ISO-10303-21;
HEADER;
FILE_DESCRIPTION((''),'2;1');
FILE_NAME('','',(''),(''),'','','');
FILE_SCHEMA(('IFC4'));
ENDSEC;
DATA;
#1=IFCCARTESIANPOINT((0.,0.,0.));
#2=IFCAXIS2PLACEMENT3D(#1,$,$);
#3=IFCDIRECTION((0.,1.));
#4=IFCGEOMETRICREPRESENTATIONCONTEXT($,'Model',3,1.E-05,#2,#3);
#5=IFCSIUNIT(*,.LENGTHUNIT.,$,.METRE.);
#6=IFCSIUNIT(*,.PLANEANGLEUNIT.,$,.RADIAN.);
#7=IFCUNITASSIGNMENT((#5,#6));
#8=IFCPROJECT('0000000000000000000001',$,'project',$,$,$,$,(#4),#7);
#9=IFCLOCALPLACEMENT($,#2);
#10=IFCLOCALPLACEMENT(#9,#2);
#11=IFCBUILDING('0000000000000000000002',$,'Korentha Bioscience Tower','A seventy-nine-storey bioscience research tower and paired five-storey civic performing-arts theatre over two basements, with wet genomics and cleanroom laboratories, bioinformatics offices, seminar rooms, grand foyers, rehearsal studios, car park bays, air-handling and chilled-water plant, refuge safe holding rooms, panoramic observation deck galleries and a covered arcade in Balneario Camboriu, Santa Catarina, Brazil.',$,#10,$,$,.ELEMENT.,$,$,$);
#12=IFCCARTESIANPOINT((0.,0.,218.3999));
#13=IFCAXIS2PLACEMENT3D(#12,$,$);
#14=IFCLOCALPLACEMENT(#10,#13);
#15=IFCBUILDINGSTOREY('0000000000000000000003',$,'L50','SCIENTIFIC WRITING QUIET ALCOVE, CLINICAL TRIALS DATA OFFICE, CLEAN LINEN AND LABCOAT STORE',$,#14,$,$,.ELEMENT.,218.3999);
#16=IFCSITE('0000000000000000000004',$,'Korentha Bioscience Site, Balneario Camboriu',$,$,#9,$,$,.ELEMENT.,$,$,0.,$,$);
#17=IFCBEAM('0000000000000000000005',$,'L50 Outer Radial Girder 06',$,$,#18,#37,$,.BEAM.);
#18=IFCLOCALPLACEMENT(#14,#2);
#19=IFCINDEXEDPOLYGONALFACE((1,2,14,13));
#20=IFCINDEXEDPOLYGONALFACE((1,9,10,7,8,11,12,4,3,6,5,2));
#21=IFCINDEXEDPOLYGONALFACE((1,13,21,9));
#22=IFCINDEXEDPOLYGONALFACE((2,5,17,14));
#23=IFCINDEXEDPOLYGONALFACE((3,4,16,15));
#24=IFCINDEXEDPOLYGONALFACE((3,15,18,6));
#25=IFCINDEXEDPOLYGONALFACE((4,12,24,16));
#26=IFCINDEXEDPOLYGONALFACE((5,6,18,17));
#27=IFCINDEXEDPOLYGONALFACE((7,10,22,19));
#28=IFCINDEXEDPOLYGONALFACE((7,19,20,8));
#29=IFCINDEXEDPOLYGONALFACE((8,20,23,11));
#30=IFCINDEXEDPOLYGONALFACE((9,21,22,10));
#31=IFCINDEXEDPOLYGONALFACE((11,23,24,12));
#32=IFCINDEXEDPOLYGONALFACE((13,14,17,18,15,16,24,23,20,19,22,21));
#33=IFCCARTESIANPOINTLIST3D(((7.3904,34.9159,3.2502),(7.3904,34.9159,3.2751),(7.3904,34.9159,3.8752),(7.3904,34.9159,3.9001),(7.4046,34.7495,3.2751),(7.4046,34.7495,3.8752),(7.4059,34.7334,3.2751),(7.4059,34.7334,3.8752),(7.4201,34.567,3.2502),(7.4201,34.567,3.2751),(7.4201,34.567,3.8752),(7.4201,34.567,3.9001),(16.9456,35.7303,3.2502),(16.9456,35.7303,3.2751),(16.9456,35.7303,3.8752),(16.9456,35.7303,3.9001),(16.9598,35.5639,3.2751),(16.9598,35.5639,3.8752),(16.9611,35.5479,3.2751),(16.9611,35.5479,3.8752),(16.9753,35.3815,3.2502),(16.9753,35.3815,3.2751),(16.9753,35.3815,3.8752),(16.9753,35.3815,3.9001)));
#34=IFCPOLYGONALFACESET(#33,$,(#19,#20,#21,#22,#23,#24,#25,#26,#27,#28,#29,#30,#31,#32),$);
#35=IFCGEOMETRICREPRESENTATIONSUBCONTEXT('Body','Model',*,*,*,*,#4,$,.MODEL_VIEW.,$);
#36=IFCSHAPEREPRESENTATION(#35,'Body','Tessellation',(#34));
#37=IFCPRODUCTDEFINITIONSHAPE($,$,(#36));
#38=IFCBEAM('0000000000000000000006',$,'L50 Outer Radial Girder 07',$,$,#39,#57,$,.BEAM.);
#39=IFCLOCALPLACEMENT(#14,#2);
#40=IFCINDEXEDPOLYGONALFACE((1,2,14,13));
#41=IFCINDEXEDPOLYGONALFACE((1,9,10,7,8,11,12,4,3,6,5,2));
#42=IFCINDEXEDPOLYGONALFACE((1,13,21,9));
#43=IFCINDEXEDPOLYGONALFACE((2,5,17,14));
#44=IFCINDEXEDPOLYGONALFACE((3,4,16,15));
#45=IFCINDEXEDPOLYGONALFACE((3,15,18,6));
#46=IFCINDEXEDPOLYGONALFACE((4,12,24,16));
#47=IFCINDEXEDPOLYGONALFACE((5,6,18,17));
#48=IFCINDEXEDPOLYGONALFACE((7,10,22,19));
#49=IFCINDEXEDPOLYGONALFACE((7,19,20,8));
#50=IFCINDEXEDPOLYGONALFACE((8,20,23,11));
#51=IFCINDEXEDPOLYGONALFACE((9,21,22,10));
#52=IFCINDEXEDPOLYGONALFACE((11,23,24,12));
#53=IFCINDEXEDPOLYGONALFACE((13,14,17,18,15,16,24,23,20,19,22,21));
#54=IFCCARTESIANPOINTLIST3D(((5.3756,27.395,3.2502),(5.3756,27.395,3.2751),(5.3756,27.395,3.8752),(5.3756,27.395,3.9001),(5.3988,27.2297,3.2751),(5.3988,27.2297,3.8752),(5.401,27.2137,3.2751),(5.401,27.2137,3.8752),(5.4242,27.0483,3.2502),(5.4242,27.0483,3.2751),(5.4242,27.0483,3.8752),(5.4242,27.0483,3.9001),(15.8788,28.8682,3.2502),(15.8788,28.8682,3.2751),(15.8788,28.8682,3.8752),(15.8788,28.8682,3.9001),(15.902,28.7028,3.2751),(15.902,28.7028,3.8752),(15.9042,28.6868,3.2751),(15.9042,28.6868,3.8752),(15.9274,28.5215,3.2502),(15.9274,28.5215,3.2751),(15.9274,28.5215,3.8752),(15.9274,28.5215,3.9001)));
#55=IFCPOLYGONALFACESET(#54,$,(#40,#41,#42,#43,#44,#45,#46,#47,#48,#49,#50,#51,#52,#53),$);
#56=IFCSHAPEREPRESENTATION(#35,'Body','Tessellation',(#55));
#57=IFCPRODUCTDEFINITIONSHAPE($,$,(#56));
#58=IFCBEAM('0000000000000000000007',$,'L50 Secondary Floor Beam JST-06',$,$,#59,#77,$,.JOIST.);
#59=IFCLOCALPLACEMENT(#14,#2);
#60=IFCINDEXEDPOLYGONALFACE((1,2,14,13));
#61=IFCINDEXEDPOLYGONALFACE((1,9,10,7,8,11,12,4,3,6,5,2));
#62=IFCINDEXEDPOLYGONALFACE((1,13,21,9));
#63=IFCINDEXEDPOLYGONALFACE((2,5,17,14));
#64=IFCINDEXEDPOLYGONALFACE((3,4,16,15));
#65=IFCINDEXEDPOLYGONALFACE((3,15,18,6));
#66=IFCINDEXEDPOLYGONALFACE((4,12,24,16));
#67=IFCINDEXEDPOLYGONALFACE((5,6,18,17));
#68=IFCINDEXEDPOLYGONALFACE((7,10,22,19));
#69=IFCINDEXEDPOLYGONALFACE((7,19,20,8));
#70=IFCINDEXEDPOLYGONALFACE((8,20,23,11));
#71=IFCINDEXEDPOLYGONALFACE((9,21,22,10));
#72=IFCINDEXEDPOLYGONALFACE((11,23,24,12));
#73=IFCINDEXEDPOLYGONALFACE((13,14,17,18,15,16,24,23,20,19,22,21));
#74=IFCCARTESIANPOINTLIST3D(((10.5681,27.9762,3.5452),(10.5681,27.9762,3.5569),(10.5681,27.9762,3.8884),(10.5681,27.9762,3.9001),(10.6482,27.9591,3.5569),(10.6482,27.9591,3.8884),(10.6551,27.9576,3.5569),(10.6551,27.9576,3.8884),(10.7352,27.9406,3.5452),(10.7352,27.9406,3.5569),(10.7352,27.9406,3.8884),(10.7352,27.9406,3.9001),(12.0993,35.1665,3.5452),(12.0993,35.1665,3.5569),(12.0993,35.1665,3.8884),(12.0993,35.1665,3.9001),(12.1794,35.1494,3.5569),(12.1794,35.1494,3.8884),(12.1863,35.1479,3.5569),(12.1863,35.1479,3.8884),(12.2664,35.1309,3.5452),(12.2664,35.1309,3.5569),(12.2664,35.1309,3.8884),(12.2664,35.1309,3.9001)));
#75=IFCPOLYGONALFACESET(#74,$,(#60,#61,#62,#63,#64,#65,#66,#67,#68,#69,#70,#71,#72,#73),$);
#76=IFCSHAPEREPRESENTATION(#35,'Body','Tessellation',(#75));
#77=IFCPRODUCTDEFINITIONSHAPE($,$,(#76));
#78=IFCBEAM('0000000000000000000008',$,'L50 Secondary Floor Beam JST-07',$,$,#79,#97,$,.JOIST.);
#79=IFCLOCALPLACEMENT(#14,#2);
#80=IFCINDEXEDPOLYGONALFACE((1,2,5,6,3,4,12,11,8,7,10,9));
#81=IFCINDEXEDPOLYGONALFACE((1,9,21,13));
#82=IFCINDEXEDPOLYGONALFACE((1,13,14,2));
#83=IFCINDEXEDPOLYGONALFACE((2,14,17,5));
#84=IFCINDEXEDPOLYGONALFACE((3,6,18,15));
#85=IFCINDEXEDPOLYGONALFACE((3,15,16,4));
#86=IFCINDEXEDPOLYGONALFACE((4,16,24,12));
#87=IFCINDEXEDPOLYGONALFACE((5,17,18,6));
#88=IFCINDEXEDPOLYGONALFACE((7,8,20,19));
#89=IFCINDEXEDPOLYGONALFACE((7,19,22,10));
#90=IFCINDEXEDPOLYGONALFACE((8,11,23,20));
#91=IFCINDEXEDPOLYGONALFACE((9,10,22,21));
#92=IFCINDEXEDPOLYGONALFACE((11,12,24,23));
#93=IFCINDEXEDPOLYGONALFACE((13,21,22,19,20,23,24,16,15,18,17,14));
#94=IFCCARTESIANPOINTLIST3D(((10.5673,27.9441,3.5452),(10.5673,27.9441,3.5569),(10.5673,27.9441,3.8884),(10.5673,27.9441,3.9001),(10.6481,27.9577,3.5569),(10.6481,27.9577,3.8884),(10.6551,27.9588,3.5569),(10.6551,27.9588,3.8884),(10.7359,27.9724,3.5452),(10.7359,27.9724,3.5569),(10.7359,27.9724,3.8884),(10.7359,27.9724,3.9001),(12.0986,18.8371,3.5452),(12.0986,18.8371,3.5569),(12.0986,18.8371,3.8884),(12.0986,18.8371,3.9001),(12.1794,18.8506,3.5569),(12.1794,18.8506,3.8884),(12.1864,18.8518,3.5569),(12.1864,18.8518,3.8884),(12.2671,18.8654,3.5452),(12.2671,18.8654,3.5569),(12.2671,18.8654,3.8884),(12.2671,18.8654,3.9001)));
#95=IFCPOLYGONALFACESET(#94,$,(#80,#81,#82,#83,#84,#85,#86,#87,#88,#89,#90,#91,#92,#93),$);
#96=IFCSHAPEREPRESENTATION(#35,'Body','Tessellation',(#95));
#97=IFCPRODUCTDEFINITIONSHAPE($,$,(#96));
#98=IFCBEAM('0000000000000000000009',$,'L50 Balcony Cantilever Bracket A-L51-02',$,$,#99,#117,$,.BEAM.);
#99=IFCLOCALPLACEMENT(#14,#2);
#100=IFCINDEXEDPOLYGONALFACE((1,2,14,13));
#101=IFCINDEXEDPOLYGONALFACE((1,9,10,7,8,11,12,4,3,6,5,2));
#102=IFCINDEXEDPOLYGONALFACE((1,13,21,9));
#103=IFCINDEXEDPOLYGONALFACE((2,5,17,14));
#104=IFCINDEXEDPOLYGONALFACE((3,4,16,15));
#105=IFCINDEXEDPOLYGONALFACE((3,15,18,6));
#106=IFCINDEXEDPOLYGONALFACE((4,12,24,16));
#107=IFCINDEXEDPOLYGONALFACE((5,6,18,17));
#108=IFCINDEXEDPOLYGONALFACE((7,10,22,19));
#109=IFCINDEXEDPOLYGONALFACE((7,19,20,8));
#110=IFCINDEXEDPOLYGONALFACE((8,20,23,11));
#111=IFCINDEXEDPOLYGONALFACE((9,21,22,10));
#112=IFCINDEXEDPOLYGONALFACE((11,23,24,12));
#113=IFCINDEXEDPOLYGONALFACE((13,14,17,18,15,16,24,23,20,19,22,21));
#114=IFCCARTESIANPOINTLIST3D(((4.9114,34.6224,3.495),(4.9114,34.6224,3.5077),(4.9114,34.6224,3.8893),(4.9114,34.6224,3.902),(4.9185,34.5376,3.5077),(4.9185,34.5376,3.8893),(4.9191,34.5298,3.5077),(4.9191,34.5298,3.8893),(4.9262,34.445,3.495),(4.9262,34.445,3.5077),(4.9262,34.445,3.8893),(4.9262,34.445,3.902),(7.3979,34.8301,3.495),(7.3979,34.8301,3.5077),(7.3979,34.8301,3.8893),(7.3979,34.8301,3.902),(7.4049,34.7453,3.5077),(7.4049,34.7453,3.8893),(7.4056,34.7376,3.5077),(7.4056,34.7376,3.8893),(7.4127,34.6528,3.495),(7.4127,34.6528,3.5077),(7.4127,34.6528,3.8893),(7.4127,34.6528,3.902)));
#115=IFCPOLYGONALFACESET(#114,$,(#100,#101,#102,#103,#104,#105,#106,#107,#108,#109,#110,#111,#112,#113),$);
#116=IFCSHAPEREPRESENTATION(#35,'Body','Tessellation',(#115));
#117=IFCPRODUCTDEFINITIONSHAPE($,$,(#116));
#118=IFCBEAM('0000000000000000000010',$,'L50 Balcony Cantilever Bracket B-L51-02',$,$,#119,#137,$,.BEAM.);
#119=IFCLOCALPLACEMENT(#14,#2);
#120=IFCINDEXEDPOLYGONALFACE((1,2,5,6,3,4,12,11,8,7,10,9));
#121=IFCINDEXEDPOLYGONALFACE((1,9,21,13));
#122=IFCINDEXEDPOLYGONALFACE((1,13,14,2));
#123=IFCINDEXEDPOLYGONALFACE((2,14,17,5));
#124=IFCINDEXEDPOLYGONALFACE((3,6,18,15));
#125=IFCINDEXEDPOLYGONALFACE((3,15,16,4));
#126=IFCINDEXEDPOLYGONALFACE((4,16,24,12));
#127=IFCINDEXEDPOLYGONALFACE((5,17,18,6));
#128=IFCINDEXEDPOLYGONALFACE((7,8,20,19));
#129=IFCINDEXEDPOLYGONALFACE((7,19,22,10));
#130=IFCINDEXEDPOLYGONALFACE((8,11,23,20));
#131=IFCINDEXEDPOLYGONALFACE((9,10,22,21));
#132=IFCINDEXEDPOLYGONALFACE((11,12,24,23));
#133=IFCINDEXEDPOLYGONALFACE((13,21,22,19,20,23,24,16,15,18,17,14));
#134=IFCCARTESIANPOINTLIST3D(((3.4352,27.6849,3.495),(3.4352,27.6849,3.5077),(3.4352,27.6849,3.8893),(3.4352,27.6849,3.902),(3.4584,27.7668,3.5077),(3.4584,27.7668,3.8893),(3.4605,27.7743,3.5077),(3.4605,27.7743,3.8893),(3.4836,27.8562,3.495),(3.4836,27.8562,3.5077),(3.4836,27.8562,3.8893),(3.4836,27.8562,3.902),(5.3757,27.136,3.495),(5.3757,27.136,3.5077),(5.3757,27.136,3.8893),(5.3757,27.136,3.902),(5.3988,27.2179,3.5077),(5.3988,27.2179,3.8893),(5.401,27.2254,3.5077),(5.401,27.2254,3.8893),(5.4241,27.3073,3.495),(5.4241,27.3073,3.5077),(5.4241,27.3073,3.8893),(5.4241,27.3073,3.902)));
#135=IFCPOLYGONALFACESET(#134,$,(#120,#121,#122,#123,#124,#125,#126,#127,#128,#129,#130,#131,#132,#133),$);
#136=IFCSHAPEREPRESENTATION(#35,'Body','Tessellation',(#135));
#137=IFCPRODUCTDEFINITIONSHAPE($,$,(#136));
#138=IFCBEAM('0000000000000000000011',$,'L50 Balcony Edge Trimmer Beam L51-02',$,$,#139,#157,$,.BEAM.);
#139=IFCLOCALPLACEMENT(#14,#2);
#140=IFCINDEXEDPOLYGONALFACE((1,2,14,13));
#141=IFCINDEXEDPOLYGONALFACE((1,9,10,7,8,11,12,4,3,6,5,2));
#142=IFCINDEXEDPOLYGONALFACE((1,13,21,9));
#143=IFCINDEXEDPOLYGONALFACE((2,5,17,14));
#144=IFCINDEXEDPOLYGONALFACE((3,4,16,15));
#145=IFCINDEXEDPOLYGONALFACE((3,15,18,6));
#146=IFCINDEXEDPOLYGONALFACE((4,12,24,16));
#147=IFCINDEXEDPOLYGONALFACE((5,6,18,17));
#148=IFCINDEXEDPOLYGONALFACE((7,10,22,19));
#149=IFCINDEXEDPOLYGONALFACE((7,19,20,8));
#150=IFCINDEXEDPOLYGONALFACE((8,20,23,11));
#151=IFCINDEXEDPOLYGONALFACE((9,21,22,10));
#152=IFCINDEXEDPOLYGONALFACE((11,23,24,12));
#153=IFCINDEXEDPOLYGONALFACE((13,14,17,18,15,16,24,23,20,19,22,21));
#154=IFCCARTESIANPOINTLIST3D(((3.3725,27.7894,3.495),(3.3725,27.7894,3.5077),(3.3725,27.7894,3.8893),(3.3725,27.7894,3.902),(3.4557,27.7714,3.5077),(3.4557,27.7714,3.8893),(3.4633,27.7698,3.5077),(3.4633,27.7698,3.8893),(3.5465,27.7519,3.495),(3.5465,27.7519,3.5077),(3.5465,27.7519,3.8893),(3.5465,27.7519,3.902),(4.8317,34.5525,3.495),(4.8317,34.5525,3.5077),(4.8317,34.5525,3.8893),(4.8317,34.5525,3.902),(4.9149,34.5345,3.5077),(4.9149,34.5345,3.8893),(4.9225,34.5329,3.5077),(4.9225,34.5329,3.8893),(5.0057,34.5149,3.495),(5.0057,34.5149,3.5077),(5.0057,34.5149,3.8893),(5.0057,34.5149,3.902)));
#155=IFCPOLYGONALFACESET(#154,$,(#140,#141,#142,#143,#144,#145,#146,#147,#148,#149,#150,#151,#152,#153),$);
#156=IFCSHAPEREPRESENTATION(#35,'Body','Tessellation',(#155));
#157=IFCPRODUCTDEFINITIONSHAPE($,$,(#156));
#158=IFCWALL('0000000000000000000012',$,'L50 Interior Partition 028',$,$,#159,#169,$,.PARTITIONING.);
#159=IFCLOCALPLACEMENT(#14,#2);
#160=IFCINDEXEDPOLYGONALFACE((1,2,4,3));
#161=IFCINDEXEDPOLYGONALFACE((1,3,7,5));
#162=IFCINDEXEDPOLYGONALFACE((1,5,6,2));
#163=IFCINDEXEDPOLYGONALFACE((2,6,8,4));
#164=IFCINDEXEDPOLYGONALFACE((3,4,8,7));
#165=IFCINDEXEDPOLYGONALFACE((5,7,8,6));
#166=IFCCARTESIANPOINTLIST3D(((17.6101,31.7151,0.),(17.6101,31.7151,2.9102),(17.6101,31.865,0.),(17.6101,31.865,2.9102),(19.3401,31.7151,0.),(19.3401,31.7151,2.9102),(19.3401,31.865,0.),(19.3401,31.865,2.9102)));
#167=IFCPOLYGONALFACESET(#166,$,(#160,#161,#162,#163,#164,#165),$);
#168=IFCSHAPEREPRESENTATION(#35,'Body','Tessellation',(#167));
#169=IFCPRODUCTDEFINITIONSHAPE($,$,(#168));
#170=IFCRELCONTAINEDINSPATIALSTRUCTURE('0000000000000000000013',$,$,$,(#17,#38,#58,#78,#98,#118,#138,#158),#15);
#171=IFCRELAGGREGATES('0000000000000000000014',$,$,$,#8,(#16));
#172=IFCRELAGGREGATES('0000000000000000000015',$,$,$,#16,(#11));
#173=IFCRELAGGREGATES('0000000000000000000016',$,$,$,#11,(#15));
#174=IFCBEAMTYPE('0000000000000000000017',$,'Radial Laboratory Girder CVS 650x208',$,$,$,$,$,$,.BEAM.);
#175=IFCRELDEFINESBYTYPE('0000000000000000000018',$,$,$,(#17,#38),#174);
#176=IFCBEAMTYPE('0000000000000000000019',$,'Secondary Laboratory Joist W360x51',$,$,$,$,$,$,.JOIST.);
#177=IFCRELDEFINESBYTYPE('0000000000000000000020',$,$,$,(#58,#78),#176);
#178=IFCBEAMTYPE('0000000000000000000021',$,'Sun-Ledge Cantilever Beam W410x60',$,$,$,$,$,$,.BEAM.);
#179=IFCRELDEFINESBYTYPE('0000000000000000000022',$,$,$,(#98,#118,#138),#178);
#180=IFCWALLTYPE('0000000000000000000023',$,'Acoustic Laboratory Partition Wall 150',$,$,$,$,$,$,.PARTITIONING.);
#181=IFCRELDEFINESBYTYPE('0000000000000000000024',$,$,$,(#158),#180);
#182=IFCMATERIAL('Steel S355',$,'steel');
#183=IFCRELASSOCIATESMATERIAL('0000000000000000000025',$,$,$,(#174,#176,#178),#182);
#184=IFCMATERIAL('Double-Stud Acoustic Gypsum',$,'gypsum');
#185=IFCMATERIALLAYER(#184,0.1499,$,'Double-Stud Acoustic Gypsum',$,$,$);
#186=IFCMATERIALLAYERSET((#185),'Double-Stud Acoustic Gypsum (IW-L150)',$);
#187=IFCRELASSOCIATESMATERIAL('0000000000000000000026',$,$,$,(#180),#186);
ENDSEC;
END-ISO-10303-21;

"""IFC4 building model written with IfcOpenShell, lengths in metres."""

from ifc_helpers import new_model, si_unit, direction, frame, frame_2d, origin, origin_2d, place, context, subcontext, project, spatial, rectangle, i_section, extrude, material, layer, layer_set, material_profile, profile_set, type_object, element, save


model = new_model("IFC4")

# Units and contexts
model_context = context("Model", 3, precision=1e-05, world=origin(), true_north=direction((0.0, 1.0)))
body_context = subcontext(model_context, "Body", "Model", "MODEL_VIEW")
ifc_project = project(units=[si_unit("LENGTHUNIT", "METRE"), si_unit("PLANEANGLEUNIT", "RADIAN")], contexts=[model_context])

# Site, building, storey
site_placement = place(None, origin())
site = spatial("IfcSite", under=ifc_project, at=site_placement, Name="Korentha Bioscience Site, Balneario Camboriu", CompositionType="ELEMENT", RefElevation=0.0)
building_placement = place(site_placement, origin())
building = spatial("IfcBuilding", under=site, at=building_placement, Name="Korentha Bioscience Tower", Description="A seventy-nine-storey bioscience research tower and paired five-storey civic performing-arts theatre over two basements, with wet genomics and cleanroom laboratories, bioinformatics offices, seminar rooms, grand foyers, rehearsal studios, car park bays, air-handling and chilled-water plant, refuge safe holding rooms, panoramic observation deck galleries and a covered arcade in Balneario Camboriu, Santa Catarina, Brazil.", CompositionType="ELEMENT")
storey_placement = place(building_placement, frame((0.0, 0.0, 218.3999)))
storey = spatial("IfcBuildingStorey", under=building, at=storey_placement, Name="L50", Description="SCIENTIFIC WRITING QUIET ALCOVE, CLINICAL TRIALS DATA OFFICE, CLEAN LINEN AND LABCOAT STORE", CompositionType="ELEMENT", Elevation=218.3999)

# Shared definitions
ifc_material_1 = material(Name="Steel S355", Category="steel")

# Beams
ifc_material_profile_1 = material_profile(ifc_material_1, i_section(OverallWidth=0.3501, OverallDepth=0.6499, WebThickness=0.0161, FlangeThickness=0.0249, at=origin_2d()), Name="Steel S355")
ifc_profile_set_1 = profile_set([ifc_material_profile_1], Name="Steel S355 (RB-650)")
beam_type_1 = type_object("IfcBeamType", Name="Radial Laboratory Girder CVS 650x208", PredefinedType="BEAM", material=ifc_profile_set_1)
beam_1_placement = place(storey_placement, frame((16.9604, 35.5559, 3.5752), z_axis=(-0.996387, -0.084929, 0.0), x_axis=(0.084929, -0.996387, 0.0)))
element("IfcBeam", 1, at=beam_1_placement, inside=storey, type_object=beam_type_1, Name="L50 Outer Radial Girder 06", PredefinedType="BEAM", context=body_context, shape_type="SweptSolid", body=[
    extrude(i_section(OverallWidth=0.3501, OverallDepth=0.6499, WebThickness=0.0161, FlangeThickness=0.0249, at=origin_2d()), origin(), (0.0, 0.0, 1.0), 9.5898),
])
beam_2_placement = place(storey_placement, frame((15.9031, 28.6948, 3.5752), z_axis=(-0.990307, -0.138898, 0.0), x_axis=(0.138898, -0.990307, 0.0)))
element("IfcBeam", 2, at=beam_2_placement, inside=storey, type_object=beam_type_1, Name="L50 Outer Radial Girder 07", PredefinedType="BEAM", context=body_context, shape_type="SweptSolid", body=[
    extrude(i_section(OverallWidth=0.3501, OverallDepth=0.6499, WebThickness=0.0161, FlangeThickness=0.0249, at=origin_2d()), origin(), (0.0, 0.0, 1.0), 10.606),
])
ifc_material_profile_2 = material_profile(ifc_material_1, i_section(OverallWidth=0.1709, OverallDepth=0.355, WebThickness=0.0071, FlangeThickness=0.0117, at=origin_2d()), Name="Steel S355")
ifc_profile_set_2 = profile_set([ifc_material_profile_2], Name="Steel S355 (JB-360)")
beam_type_2 = type_object("IfcBeamType", Name="Secondary Laboratory Joist W360x51", PredefinedType="JOIST", material=ifc_profile_set_2)
beam_3_placement = place(storey_placement, frame((12.1829, 35.1487, 3.7227), z_axis=(-0.208286, -0.978068, 0.0), x_axis=(0.978068, -0.208286, 0.0)))
element("IfcBeam", 3, at=beam_3_placement, inside=storey, type_object=beam_type_2, Name="L50 Secondary Floor Beam JST-06", PredefinedType="JOIST", context=body_context, shape_type="SweptSolid", body=[
    extrude(i_section(OverallWidth=0.1709, OverallDepth=0.355, WebThickness=0.0071, FlangeThickness=0.0117, at=origin_2d()), origin(), (0.0, 0.0, 1.0), 7.3516),
])
beam_4_placement = place(storey_placement, frame((10.6516, 27.9583, 3.7227), z_axis=(0.165814, -0.986157, 0.0), x_axis=(0.986157, 0.165814, 0.0)))
element("IfcBeam", 4, at=beam_4_placement, inside=storey, type_object=beam_type_2, Name="L50 Secondary Floor Beam JST-07", PredefinedType="JOIST", context=body_context, shape_type="SweptSolid", body=[
    extrude(i_section(OverallWidth=0.1709, OverallDepth=0.355, WebThickness=0.0071, FlangeThickness=0.0117, at=origin_2d()), origin(), (0.0, 0.0, 1.0), 9.2349),
])
ifc_material_profile_3 = material_profile(ifc_material_1, i_section(OverallWidth=0.178, OverallDepth=0.407, WebThickness=0.0078, FlangeThickness=0.0127, at=origin_2d()), Name="Steel S355")
ifc_profile_set_3 = profile_set([ifc_material_profile_3], Name="Steel S355 (CB-410)")
beam_type_3 = type_object("IfcBeamType", Name="Sun-Ledge Cantilever Beam W410x60", PredefinedType="BEAM", material=ifc_profile_set_3)
beam_5_placement = place(storey_placement, frame((7.4053, 34.7415, 3.6985), z_axis=(-0.996528, -0.083264, 0.0), x_axis=(0.083264, -0.996528, 0.0)))
element("IfcBeam", 5, at=beam_5_placement, inside=storey, type_object=beam_type_3, Name="L50 Balcony Cantilever Bracket A-L51-02", PredefinedType="BEAM", context=body_context, shape_type="SweptSolid", body=[
    extrude(i_section(OverallWidth=0.178, OverallDepth=0.407, WebThickness=0.0078, FlangeThickness=0.0127, at=origin_2d()), origin(), (0.0, 0.0, 1.0), 2.4951),
])
beam_6_placement = place(storey_placement, frame((5.3999, 27.2217, 3.6985), z_axis=(-0.962252, 0.272162, 0.0), x_axis=(-0.272162, -0.962252, 0.0)))
element("IfcBeam", 6, at=beam_6_placement, inside=storey, type_object=beam_type_3, Name="L50 Balcony Cantilever Bracket B-L51-02", PredefinedType="BEAM", context=body_context, shape_type="SweptSolid", body=[
    extrude(i_section(OverallWidth=0.178, OverallDepth=0.407, WebThickness=0.0078, FlangeThickness=0.0127, at=origin_2d()), origin(), (0.0, 0.0, 1.0), 2.0166),
])
beam_7_placement = place(storey_placement, frame((4.9187, 34.5337, 3.6985), z_axis=(-0.210907, -0.977506, 0.0), x_axis=(0.977506, -0.210907, 0.0)))
element("IfcBeam", 7, at=beam_7_placement, inside=storey, type_object=beam_type_3, Name="L50 Balcony Edge Trimmer Beam L51-02", PredefinedType="BEAM", context=body_context, shape_type="SweptSolid", body=[
    extrude(i_section(OverallWidth=0.178, OverallDepth=0.407, WebThickness=0.0078, FlangeThickness=0.0127, at=origin_2d()), origin(), (0.0, 0.0, 1.0), 6.9187),
])

# Wall
ifc_material_2 = material(Name="Double-Stud Acoustic Gypsum", Category="gypsum")
ifc_layer_1 = layer(ifc_material_2, 0.1499, Name="Double-Stud Acoustic Gypsum")
ifc_layer_set_1 = layer_set([ifc_layer_1], Name="Double-Stud Acoustic Gypsum (IW-L150)")
wall_type_1 = type_object("IfcWallType", Name="Acoustic Laboratory Partition Wall 150", PredefinedType="PARTITIONING", material=ifc_layer_set_1)
wall_1_placement = place(storey_placement, frame((17.6101, 31.79, 0.0), z_axis=(0.0, 0.0, 1.0), x_axis=(1.0, 0.0, 0.0)))
element("IfcWall", 8, at=wall_1_placement, inside=storey, type_object=wall_type_1, Name="L50 Interior Partition 028", PredefinedType="PARTITIONING", context=body_context, shape_type="SweptSolid", body=[
    extrude(rectangle(XDim=1.73, YDim=0.1499, at=frame_2d((0.865, 0.0))), origin(), (0.0, 0.0, 1.0), 2.9102),
])

save(model, "model.ifc")
